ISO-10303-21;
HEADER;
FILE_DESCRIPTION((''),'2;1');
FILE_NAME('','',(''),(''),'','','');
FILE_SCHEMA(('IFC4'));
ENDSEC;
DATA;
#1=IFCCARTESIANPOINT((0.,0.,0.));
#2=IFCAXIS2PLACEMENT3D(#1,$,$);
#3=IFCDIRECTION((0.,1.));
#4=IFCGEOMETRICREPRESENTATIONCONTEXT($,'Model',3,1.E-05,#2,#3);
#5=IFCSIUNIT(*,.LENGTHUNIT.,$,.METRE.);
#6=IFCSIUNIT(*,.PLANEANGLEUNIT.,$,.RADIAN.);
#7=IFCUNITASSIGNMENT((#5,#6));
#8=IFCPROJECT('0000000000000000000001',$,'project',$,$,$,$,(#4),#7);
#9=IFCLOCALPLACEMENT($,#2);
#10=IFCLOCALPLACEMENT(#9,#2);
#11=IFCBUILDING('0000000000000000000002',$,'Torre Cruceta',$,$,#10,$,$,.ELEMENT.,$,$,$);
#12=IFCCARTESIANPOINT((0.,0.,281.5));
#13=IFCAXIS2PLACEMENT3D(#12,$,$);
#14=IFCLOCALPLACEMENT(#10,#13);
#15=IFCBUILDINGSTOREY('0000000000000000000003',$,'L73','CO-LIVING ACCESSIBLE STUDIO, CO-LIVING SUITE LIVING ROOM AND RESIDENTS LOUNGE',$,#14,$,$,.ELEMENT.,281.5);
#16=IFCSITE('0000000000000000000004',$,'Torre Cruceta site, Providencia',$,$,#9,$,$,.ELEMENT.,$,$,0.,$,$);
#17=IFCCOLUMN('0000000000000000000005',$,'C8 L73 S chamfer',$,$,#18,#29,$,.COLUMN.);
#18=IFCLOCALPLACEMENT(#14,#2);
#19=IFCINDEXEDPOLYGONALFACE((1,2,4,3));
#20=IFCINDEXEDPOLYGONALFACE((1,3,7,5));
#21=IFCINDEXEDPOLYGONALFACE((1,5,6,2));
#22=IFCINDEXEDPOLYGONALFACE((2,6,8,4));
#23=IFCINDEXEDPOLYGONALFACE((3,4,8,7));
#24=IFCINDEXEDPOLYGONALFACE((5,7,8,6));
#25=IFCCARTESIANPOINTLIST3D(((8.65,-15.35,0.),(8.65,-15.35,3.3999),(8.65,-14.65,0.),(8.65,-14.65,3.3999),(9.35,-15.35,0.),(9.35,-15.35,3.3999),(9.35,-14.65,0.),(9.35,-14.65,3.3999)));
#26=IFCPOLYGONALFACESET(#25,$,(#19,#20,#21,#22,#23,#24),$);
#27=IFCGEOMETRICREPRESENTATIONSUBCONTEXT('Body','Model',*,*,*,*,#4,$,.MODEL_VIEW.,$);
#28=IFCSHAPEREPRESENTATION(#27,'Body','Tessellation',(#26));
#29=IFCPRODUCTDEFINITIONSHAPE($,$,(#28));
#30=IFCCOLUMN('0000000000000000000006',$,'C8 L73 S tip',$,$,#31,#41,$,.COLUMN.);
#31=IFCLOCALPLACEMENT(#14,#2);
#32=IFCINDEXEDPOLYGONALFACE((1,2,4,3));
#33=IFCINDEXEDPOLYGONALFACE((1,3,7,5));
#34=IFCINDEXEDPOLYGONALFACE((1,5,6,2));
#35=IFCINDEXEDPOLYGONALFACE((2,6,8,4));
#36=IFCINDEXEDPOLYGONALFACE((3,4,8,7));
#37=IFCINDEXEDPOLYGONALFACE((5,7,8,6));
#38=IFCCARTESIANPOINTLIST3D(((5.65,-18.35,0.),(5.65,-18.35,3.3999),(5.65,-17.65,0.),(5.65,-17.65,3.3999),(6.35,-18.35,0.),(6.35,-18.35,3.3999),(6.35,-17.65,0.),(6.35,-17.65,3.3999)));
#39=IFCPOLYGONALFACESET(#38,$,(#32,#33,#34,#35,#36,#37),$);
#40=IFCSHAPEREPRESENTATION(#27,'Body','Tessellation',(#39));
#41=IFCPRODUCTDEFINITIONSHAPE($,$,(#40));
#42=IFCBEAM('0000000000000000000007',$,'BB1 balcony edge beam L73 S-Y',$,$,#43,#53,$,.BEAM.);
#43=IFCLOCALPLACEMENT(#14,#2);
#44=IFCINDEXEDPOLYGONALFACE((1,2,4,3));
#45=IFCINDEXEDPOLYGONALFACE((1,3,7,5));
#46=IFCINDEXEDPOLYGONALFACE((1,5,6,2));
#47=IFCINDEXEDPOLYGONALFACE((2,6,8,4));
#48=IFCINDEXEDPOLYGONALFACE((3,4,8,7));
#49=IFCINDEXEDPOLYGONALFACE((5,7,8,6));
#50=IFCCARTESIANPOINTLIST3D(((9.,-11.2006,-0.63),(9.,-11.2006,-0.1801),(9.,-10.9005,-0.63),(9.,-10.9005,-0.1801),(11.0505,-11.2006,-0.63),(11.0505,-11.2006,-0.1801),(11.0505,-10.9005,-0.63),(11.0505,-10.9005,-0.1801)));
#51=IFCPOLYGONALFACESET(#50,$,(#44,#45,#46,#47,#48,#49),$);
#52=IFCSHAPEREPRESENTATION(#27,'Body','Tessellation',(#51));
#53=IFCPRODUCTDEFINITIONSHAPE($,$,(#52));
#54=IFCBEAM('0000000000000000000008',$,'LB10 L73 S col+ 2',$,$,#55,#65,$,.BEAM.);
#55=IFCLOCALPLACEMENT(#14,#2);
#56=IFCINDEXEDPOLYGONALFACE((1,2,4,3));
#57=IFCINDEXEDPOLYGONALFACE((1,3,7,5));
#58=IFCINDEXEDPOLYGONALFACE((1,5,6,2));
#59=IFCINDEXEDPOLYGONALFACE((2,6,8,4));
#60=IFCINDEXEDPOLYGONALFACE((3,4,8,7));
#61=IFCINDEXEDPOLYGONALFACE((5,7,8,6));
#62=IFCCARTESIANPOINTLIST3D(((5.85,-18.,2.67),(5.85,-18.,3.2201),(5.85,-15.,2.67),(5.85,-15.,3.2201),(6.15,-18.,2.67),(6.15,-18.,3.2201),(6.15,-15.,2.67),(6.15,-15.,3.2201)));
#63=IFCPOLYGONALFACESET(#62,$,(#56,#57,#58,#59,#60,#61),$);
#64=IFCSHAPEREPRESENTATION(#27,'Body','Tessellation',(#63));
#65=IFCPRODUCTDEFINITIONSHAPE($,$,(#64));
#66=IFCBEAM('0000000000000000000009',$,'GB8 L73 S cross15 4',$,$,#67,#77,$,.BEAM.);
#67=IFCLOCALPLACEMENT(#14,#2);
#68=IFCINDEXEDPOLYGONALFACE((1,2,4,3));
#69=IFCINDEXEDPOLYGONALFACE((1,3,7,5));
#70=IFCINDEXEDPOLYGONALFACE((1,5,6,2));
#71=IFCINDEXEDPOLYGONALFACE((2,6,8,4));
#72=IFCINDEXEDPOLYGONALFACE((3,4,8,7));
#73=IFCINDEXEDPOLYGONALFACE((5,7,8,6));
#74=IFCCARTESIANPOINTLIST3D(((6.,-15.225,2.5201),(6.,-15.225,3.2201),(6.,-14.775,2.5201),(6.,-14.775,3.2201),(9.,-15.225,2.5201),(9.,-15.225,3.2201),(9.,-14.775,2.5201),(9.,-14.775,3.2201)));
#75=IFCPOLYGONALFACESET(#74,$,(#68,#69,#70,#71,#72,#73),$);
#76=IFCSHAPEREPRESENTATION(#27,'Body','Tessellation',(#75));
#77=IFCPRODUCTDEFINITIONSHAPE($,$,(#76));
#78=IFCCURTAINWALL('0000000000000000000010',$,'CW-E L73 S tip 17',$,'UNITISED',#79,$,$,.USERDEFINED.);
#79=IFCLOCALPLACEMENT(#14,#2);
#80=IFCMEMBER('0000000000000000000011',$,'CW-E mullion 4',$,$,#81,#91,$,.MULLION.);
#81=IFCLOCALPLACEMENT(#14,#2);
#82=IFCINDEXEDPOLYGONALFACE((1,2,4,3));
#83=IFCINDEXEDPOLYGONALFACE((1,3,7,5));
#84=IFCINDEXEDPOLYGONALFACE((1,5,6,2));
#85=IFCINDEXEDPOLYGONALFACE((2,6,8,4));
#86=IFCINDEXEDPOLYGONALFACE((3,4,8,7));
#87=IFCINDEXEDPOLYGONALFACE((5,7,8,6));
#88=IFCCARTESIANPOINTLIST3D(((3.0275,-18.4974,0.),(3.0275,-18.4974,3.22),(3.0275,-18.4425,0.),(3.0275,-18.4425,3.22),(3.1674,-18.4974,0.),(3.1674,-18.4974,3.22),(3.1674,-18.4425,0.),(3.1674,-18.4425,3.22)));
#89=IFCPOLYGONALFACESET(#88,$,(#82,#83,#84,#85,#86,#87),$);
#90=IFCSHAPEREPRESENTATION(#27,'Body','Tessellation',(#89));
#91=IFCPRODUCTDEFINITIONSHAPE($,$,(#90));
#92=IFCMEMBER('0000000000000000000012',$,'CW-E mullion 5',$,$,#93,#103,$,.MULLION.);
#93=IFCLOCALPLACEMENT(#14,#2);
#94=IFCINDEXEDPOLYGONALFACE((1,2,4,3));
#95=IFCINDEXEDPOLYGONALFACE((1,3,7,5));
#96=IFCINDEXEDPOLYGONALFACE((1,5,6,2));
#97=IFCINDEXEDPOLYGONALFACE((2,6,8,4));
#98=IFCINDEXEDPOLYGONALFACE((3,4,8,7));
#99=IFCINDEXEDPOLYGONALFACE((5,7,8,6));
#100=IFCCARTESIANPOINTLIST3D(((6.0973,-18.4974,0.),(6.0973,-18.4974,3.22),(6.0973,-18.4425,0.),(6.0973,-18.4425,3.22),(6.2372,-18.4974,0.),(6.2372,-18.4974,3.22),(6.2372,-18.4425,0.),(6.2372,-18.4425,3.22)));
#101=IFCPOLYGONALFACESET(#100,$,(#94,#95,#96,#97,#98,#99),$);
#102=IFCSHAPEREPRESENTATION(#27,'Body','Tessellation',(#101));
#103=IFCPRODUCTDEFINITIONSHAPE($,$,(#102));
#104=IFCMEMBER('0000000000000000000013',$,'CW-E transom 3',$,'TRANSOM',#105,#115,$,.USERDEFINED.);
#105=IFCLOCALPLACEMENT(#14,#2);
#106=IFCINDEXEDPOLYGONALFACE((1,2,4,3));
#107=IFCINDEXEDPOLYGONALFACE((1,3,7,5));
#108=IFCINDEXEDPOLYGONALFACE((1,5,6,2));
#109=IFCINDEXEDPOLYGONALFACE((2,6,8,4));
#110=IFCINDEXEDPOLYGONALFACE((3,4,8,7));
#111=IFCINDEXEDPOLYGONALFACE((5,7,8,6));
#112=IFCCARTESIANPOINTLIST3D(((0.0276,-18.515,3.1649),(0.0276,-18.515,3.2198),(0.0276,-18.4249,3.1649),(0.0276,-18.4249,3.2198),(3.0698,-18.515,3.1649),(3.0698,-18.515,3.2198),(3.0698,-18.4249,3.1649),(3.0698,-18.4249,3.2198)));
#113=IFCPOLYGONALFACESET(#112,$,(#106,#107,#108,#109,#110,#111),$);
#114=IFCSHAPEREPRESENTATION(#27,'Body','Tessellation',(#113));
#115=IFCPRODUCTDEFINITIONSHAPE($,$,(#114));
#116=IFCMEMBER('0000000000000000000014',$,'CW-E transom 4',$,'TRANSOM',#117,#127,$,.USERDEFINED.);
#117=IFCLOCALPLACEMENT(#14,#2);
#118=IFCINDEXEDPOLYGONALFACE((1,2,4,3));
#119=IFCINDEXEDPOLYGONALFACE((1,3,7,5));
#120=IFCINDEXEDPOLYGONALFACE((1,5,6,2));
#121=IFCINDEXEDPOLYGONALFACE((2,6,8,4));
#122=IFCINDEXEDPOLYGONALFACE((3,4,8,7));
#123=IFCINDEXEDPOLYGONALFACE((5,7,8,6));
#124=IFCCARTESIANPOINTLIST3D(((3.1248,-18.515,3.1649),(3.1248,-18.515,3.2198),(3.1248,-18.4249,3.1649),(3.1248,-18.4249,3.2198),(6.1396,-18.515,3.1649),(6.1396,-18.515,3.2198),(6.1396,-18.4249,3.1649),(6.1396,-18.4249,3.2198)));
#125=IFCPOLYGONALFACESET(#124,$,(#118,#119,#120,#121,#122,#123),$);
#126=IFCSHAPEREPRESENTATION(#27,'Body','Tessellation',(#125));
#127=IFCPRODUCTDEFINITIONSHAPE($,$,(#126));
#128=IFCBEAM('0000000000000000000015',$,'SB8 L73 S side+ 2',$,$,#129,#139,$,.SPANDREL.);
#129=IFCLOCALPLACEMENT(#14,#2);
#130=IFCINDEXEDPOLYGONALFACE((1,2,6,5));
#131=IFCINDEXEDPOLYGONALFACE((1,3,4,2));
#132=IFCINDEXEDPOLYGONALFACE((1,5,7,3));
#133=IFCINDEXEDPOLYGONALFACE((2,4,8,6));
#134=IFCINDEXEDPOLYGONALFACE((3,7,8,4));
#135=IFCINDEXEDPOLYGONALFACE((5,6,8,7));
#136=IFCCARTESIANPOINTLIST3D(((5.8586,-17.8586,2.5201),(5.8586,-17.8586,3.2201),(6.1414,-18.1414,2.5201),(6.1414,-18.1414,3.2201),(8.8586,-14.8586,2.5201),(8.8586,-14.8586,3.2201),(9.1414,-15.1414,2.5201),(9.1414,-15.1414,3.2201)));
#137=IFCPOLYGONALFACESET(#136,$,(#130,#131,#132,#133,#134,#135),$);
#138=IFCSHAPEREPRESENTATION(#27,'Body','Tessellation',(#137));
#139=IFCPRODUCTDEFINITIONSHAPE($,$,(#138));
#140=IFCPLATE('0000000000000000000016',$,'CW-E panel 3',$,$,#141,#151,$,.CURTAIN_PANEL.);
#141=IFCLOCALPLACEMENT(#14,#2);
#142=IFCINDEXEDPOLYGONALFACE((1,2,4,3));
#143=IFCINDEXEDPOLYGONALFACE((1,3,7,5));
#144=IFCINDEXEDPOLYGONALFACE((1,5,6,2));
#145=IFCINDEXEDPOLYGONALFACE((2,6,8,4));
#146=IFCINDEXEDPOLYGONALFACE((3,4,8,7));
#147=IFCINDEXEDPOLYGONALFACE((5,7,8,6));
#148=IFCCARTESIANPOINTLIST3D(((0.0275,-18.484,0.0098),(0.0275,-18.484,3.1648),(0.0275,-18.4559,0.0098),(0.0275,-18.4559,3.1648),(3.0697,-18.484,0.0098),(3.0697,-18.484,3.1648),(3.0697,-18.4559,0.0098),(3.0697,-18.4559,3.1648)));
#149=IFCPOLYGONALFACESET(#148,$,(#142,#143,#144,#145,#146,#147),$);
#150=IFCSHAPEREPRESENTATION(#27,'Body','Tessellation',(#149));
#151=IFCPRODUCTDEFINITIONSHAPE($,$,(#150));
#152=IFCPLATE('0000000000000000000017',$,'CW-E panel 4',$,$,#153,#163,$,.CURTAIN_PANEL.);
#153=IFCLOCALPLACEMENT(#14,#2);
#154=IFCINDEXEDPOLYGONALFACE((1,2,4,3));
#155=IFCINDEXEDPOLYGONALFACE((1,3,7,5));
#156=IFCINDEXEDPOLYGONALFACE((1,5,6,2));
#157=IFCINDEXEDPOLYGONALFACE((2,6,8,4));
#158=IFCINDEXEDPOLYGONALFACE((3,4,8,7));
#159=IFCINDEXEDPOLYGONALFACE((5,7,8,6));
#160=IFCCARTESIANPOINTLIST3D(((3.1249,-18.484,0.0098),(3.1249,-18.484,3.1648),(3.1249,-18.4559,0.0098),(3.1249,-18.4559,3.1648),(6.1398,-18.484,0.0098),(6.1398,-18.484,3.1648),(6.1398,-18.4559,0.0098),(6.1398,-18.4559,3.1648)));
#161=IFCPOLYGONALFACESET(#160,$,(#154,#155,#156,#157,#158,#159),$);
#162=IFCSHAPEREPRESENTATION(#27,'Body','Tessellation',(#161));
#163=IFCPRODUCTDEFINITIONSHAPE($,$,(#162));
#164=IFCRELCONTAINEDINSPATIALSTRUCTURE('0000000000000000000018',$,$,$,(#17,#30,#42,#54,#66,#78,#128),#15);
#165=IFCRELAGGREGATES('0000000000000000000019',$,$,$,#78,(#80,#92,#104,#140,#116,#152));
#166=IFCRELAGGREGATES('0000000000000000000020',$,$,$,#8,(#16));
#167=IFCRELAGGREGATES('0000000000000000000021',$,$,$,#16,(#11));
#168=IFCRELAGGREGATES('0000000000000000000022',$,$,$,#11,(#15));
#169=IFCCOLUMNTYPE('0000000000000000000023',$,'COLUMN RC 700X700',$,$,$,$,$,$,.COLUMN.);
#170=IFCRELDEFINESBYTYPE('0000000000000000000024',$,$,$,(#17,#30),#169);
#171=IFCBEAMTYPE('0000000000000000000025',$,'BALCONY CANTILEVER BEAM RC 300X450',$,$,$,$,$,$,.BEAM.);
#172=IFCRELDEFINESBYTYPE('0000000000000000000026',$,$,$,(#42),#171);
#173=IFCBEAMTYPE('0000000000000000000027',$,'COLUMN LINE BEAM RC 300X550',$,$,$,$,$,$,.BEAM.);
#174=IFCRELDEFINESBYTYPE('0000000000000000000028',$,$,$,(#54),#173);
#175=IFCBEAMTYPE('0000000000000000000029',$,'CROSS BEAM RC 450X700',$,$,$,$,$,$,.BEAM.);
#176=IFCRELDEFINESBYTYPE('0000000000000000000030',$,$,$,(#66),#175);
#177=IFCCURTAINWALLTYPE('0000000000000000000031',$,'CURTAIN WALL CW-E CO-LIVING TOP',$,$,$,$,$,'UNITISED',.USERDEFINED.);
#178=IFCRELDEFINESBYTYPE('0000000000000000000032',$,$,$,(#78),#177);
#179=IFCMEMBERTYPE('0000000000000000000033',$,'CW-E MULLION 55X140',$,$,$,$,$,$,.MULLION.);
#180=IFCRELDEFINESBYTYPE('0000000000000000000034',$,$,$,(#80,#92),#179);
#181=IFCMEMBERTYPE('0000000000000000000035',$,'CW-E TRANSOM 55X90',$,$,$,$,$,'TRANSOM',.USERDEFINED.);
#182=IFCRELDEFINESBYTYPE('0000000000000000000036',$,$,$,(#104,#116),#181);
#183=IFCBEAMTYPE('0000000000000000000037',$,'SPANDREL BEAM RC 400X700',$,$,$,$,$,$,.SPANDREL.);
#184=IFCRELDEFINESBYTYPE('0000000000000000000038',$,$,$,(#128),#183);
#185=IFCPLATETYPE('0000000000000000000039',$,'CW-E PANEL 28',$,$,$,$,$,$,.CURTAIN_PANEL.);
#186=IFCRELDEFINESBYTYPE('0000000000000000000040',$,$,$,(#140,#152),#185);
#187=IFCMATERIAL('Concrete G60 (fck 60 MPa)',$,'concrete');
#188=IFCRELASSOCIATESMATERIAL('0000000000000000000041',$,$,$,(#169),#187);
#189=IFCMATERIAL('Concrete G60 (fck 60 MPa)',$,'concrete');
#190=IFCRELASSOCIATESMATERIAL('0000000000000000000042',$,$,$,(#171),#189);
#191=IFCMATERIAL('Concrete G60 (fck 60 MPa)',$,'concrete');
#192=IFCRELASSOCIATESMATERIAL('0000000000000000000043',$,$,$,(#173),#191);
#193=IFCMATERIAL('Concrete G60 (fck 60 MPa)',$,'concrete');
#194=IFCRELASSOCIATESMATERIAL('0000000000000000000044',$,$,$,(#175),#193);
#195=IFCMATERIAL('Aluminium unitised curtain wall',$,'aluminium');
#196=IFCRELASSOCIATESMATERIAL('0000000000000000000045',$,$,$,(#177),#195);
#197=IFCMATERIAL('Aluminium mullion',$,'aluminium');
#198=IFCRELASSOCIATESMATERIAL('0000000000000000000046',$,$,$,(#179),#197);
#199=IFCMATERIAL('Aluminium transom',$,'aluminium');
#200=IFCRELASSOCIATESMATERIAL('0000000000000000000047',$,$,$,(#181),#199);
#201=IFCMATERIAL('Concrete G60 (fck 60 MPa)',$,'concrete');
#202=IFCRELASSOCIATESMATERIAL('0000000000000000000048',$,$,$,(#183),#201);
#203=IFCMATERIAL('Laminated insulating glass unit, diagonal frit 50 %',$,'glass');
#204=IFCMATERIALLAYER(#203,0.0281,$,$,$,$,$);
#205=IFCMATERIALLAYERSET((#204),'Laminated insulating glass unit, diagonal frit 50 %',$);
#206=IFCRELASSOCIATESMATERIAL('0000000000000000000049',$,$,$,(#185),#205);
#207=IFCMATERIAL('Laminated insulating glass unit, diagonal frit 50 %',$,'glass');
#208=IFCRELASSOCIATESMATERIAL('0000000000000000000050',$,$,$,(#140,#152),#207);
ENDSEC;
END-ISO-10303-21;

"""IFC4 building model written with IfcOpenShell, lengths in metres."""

from ifc_helpers import new_model, si_unit, direction, frame, origin, origin_2d, place, context, subcontext, project, spatial, rectangle, extrude, material, layer, layer_set, material_profile, profile_set, type_object, element, aggregate, save


model = new_model("IFC4")

# Units and contexts
model_context = context("Model", 3, precision=1e-05, world=origin(), true_north=direction((0.0, 1.0)))
body_context = subcontext(model_context, "Body", "Model", "MODEL_VIEW")
ifc_project = project(units=[si_unit("LENGTHUNIT", "METRE"), si_unit("PLANEANGLEUNIT", "RADIAN")], contexts=[model_context])

# Site, building, storey
site_placement = place(None, origin())
site = spatial("IfcSite", under=ifc_project, at=site_placement, Name="Torre Cruceta site, Providencia", CompositionType="ELEMENT", RefElevation=0.0)
building_placement = place(site_placement, origin())
building = spatial("IfcBuilding", under=site, at=building_placement, Name="Torre Cruceta", CompositionType="ELEMENT")
storey_placement = place(building_placement, frame((0.0, 0.0, 281.5)))
storey = spatial("IfcBuildingStorey", under=building, at=storey_placement, Name="L73", Description="CO-LIVING ACCESSIBLE STUDIO, CO-LIVING SUITE LIVING ROOM AND RESIDENTS LOUNGE", CompositionType="ELEMENT", Elevation=281.5)

# Columns
ifc_material_1 = material(Name="Concrete G60 (fck 60 MPa)", Category="concrete")
ifc_material_profile_1 = material_profile(ifc_material_1, rectangle(XDim=0.7, YDim=0.7, at=origin_2d()), Name="RC 700X700")
ifc_profile_set_1 = profile_set([ifc_material_profile_1], Name="Concrete G60 (fck 60 MPa)")
column_type = type_object("IfcColumnType", Name="COLUMN RC 700X700", PredefinedType="COLUMN", material=ifc_profile_set_1)
for number, where, z_axis, x_axis, name in (
    (1, (9.0, -15.0, 0.0), (0.0, 0.0, 1.0), (1.0, 0.0, 0.0), "C8 L73 S chamfer"),
    (2, (6.0, -18.0, 0.0), (0.0, 0.0, 1.0), (1.0, 0.0, 0.0), "C8 L73 S tip"),
):
    element("IfcColumn", number, at=place(storey_placement, frame(where, z_axis=z_axis, x_axis=x_axis)), inside=storey, type_object=column_type, Name=name, PredefinedType="COLUMN", context=body_context, shape_type="SweptSolid", body=[
        extrude(rectangle(XDim=0.7, YDim=0.7, at=origin_2d()), origin(), (0.0, 0.0, 1.0), 3.3999),
    ])

# Beams
ifc_material_2 = material(Name="Concrete G60 (fck 60 MPa)", Category="concrete")
ifc_material_profile_2 = material_profile(ifc_material_2, rectangle(XDim=0.3, YDim=0.45, at=origin_2d()), Name="RC 300X450")
ifc_profile_set_2 = profile_set([ifc_material_profile_2], Name="Concrete G60 (fck 60 MPa)")
beam_type_1 = type_object("IfcBeamType", Name="BALCONY CANTILEVER BEAM RC 300X450", PredefinedType="BEAM", material=ifc_profile_set_2)
beam_1_placement = place(storey_placement, frame((9.0, -11.0505, -0.405), z_axis=(1.0, 0.0, 0.0), x_axis=(0.0, 1.0, 0.0)))
element("IfcBeam", 3, at=beam_1_placement, inside=storey, type_object=beam_type_1, Name="BB1 balcony edge beam L73 S-Y", PredefinedType="BEAM", context=body_context, shape_type="SweptSolid", body=[
    extrude(rectangle(XDim=0.3, YDim=0.45, at=origin_2d()), origin(), (0.0, 0.0, 1.0), 2.0505),
])
ifc_material_3 = material(Name="Concrete G60 (fck 60 MPa)", Category="concrete")
ifc_material_profile_3 = material_profile(ifc_material_3, rectangle(XDim=0.3, YDim=0.55, at=origin_2d()), Name="RC 300X550")
ifc_profile_set_3 = profile_set([ifc_material_profile_3], Name="Concrete G60 (fck 60 MPa)")
beam_type_2 = type_object("IfcBeamType", Name="COLUMN LINE BEAM RC 300X550", PredefinedType="BEAM", material=ifc_profile_set_3)
beam_2_placement = place(storey_placement, frame((6.0, -15.0, 2.9451), z_axis=(0.0, -1.0, 0.0), x_axis=(1.0, 0.0, 0.0)))
element("IfcBeam", 4, at=beam_2_placement, inside=storey, type_object=beam_type_2, Name="LB10 L73 S col+ 2", PredefinedType="BEAM", context=body_context, shape_type="SweptSolid", body=[
    extrude(rectangle(XDim=0.3, YDim=0.55, at=origin_2d()), origin(), (0.0, 0.0, 1.0), 3.0),
])
ifc_material_4 = material(Name="Concrete G60 (fck 60 MPa)", Category="concrete")
ifc_material_profile_4 = material_profile(ifc_material_4, rectangle(XDim=0.45, YDim=0.7, at=origin_2d()), Name="RC 450X700")
ifc_profile_set_4 = profile_set([ifc_material_profile_4], Name="Concrete G60 (fck 60 MPa)")
beam_type_3 = type_object("IfcBeamType", Name="CROSS BEAM RC 450X700", PredefinedType="BEAM", material=ifc_profile_set_4)
beam_3_placement = place(storey_placement, frame((6.0, -15.0, 2.8701), z_axis=(1.0, 0.0, 0.0), x_axis=(0.0, 1.0, 0.0)))
element("IfcBeam", 5, at=beam_3_placement, inside=storey, type_object=beam_type_3, Name="GB8 L73 S cross15 4", PredefinedType="BEAM", context=body_context, shape_type="SweptSolid", body=[
    extrude(rectangle(XDim=0.45, YDim=0.7, at=origin_2d()), origin(), (0.0, 0.0, 1.0), 3.0),
])

# Curtain wall, members
ifc_material_5 = material(Name="Aluminium unitised curtain wall", Category="aluminium")
curtain_wall_type = type_object("IfcCurtainWallType", Name="CURTAIN WALL CW-E CO-LIVING TOP", ElementType="UNITISED", PredefinedType="USERDEFINED", material=ifc_material_5)
curtain_wall_placement = place(storey_placement, origin())
curtain_wall = element("IfcCurtainWall", 6, at=curtain_wall_placement, inside=storey, type_object=curtain_wall_type, Name="CW-E L73 S tip 17", ObjectType="UNITISED", PredefinedType="USERDEFINED")
ifc_material_6 = material(Name="Aluminium mullion", Category="aluminium")
ifc_material_profile_5 = material_profile(ifc_material_6, rectangle(XDim=0.0549, YDim=0.1399, at=origin_2d()), Name="AL 55X140")
ifc_profile_set_5 = profile_set([ifc_material_profile_5], Name="Aluminium mullion")
member_type_1 = type_object("IfcMemberType", Name="CW-E MULLION 55X140", PredefinedType="MULLION", material=ifc_profile_set_5)
member_1_placement = place(storey_placement, frame((3.0974, -18.47, 0.0), z_axis=(0.0, 0.0, 1.0), x_axis=(0.0, 1.0, 0.0)))
member_1 = element("IfcMember", 7, at=member_1_placement, type_object=member_type_1, Name="CW-E mullion 4", PredefinedType="MULLION", context=body_context, shape_type="SweptSolid", body=[
    extrude(rectangle(XDim=0.0549, YDim=0.1399, at=origin_2d()), origin(), (0.0, 0.0, 1.0), 3.22),
])
member_2_placement = place(storey_placement, frame((6.1672, -18.47, 0.0), z_axis=(0.0, 0.0, 1.0), x_axis=(0.0, 1.0, 0.0)))
member_2 = element("IfcMember", 8, at=member_2_placement, type_object=member_type_1, Name="CW-E mullion 5", PredefinedType="MULLION", context=body_context, shape_type="SweptSolid", body=[
    extrude(rectangle(XDim=0.0549, YDim=0.1399, at=origin_2d()), origin(), (0.0, 0.0, 1.0), 3.22),
])
ifc_material_7 = material(Name="Aluminium transom", Category="aluminium")
ifc_material_profile_6 = material_profile(ifc_material_7, rectangle(XDim=0.0901, YDim=0.0549, at=origin_2d()), Name="AL 90X55")
ifc_profile_set_6 = profile_set([ifc_material_profile_6], Name="Aluminium transom")
member_type_2 = type_object("IfcMemberType", Name="CW-E TRANSOM 55X90", ElementType="TRANSOM", PredefinedType="USERDEFINED", material=ifc_profile_set_6)
member_3_placement = place(storey_placement, frame((0.0276, -18.47, 3.1924), z_axis=(1.0, 0.0, 0.0), x_axis=(0.0, 1.0, 0.0)))
member_3 = element("IfcMember", 9, at=member_3_placement, type_object=member_type_2, Name="CW-E transom 3", ObjectType="TRANSOM", PredefinedType="USERDEFINED", context=body_context, shape_type="SweptSolid", body=[
    extrude(rectangle(XDim=0.0901, YDim=0.0549, at=origin_2d()), origin(), (0.0, 0.0, 1.0), 3.0422),
])
member_4_placement = place(storey_placement, frame((3.1248, -18.47, 3.1924), z_axis=(1.0, 0.0, 0.0), x_axis=(0.0, 1.0, 0.0)))
member_4 = element("IfcMember", 10, at=member_4_placement, type_object=member_type_2, Name="CW-E transom 4", ObjectType="TRANSOM", PredefinedType="USERDEFINED", context=body_context, shape_type="SweptSolid", body=[
    extrude(rectangle(XDim=0.0901, YDim=0.0549, at=origin_2d()), origin(), (0.0, 0.0, 1.0), 3.0149),
])

# Beam
ifc_material_8 = material(Name="Concrete G60 (fck 60 MPa)", Category="concrete")
ifc_material_profile_7 = material_profile(ifc_material_8, rectangle(XDim=0.3999, YDim=0.7, at=origin_2d()), Name="RC 400X700")
ifc_profile_set_7 = profile_set([ifc_material_profile_7], Name="Concrete G60 (fck 60 MPa)")
beam_type_4 = type_object("IfcBeamType", Name="SPANDREL BEAM RC 400X700", PredefinedType="SPANDREL", material=ifc_profile_set_7)
beam_4_placement = place(storey_placement, frame((9.0, -15.0, 2.8701), z_axis=(-0.707107, -0.707107, 0.0), x_axis=(0.707107, -0.707107, 0.0)))
element("IfcBeam", 11, at=beam_4_placement, inside=storey, type_object=beam_type_4, Name="SB8 L73 S side+ 2", PredefinedType="SPANDREL", context=body_context, shape_type="SweptSolid", body=[
    extrude(rectangle(XDim=0.3999, YDim=0.7, at=origin_2d()), origin(), (0.0, 0.0, 1.0), 4.2427),
])

# Plates
ifc_material_9 = material(Name="Laminated insulating glass unit, diagonal frit 50 %", Category="glass")
ifc_material_10 = material(Name="Laminated insulating glass unit, diagonal frit 50 %", Category="glass")
ifc_layer_1 = layer(ifc_material_10, 0.0281)
ifc_layer_set_1 = layer_set([ifc_layer_1], Name="Laminated insulating glass unit, diagonal frit 50 %")
plate_type = type_object("IfcPlateType", Name="CW-E PANEL 28", PredefinedType="CURTAIN_PANEL", material=ifc_layer_set_1)
plate_1_placement = place(storey_placement, frame((1.5486, -18.47, 0.0098), z_axis=(0.0, 0.0, 1.0), x_axis=(1.0, 0.0, 0.0)))
plate_1 = element("IfcPlate", 12, at=plate_1_placement, type_object=plate_type, material=ifc_material_9, Name="CW-E panel 3", PredefinedType="CURTAIN_PANEL", context=body_context, shape_type="SweptSolid", body=[
    extrude(rectangle(XDim=3.0422, YDim=0.0281, at=origin_2d()), origin(), (0.0, 0.0, 1.0), 3.155),
])
plate_2_placement = place(storey_placement, frame((4.6323, -18.47, 0.0098), z_axis=(0.0, 0.0, 1.0), x_axis=(1.0, 0.0, 0.0)))
plate_2 = element("IfcPlate", 13, at=plate_2_placement, type_object=plate_type, material=ifc_material_9, Name="CW-E panel 4", PredefinedType="CURTAIN_PANEL", context=body_context, shape_type="SweptSolid", body=[
    extrude(rectangle(XDim=3.0149, YDim=0.0281, at=origin_2d()), origin(), (0.0, 0.0, 1.0), 3.155),
])
aggregate(curtain_wall, [member_1, member_2, member_3, plate_1, member_4, plate_2])

save(model, "model.ifc")
